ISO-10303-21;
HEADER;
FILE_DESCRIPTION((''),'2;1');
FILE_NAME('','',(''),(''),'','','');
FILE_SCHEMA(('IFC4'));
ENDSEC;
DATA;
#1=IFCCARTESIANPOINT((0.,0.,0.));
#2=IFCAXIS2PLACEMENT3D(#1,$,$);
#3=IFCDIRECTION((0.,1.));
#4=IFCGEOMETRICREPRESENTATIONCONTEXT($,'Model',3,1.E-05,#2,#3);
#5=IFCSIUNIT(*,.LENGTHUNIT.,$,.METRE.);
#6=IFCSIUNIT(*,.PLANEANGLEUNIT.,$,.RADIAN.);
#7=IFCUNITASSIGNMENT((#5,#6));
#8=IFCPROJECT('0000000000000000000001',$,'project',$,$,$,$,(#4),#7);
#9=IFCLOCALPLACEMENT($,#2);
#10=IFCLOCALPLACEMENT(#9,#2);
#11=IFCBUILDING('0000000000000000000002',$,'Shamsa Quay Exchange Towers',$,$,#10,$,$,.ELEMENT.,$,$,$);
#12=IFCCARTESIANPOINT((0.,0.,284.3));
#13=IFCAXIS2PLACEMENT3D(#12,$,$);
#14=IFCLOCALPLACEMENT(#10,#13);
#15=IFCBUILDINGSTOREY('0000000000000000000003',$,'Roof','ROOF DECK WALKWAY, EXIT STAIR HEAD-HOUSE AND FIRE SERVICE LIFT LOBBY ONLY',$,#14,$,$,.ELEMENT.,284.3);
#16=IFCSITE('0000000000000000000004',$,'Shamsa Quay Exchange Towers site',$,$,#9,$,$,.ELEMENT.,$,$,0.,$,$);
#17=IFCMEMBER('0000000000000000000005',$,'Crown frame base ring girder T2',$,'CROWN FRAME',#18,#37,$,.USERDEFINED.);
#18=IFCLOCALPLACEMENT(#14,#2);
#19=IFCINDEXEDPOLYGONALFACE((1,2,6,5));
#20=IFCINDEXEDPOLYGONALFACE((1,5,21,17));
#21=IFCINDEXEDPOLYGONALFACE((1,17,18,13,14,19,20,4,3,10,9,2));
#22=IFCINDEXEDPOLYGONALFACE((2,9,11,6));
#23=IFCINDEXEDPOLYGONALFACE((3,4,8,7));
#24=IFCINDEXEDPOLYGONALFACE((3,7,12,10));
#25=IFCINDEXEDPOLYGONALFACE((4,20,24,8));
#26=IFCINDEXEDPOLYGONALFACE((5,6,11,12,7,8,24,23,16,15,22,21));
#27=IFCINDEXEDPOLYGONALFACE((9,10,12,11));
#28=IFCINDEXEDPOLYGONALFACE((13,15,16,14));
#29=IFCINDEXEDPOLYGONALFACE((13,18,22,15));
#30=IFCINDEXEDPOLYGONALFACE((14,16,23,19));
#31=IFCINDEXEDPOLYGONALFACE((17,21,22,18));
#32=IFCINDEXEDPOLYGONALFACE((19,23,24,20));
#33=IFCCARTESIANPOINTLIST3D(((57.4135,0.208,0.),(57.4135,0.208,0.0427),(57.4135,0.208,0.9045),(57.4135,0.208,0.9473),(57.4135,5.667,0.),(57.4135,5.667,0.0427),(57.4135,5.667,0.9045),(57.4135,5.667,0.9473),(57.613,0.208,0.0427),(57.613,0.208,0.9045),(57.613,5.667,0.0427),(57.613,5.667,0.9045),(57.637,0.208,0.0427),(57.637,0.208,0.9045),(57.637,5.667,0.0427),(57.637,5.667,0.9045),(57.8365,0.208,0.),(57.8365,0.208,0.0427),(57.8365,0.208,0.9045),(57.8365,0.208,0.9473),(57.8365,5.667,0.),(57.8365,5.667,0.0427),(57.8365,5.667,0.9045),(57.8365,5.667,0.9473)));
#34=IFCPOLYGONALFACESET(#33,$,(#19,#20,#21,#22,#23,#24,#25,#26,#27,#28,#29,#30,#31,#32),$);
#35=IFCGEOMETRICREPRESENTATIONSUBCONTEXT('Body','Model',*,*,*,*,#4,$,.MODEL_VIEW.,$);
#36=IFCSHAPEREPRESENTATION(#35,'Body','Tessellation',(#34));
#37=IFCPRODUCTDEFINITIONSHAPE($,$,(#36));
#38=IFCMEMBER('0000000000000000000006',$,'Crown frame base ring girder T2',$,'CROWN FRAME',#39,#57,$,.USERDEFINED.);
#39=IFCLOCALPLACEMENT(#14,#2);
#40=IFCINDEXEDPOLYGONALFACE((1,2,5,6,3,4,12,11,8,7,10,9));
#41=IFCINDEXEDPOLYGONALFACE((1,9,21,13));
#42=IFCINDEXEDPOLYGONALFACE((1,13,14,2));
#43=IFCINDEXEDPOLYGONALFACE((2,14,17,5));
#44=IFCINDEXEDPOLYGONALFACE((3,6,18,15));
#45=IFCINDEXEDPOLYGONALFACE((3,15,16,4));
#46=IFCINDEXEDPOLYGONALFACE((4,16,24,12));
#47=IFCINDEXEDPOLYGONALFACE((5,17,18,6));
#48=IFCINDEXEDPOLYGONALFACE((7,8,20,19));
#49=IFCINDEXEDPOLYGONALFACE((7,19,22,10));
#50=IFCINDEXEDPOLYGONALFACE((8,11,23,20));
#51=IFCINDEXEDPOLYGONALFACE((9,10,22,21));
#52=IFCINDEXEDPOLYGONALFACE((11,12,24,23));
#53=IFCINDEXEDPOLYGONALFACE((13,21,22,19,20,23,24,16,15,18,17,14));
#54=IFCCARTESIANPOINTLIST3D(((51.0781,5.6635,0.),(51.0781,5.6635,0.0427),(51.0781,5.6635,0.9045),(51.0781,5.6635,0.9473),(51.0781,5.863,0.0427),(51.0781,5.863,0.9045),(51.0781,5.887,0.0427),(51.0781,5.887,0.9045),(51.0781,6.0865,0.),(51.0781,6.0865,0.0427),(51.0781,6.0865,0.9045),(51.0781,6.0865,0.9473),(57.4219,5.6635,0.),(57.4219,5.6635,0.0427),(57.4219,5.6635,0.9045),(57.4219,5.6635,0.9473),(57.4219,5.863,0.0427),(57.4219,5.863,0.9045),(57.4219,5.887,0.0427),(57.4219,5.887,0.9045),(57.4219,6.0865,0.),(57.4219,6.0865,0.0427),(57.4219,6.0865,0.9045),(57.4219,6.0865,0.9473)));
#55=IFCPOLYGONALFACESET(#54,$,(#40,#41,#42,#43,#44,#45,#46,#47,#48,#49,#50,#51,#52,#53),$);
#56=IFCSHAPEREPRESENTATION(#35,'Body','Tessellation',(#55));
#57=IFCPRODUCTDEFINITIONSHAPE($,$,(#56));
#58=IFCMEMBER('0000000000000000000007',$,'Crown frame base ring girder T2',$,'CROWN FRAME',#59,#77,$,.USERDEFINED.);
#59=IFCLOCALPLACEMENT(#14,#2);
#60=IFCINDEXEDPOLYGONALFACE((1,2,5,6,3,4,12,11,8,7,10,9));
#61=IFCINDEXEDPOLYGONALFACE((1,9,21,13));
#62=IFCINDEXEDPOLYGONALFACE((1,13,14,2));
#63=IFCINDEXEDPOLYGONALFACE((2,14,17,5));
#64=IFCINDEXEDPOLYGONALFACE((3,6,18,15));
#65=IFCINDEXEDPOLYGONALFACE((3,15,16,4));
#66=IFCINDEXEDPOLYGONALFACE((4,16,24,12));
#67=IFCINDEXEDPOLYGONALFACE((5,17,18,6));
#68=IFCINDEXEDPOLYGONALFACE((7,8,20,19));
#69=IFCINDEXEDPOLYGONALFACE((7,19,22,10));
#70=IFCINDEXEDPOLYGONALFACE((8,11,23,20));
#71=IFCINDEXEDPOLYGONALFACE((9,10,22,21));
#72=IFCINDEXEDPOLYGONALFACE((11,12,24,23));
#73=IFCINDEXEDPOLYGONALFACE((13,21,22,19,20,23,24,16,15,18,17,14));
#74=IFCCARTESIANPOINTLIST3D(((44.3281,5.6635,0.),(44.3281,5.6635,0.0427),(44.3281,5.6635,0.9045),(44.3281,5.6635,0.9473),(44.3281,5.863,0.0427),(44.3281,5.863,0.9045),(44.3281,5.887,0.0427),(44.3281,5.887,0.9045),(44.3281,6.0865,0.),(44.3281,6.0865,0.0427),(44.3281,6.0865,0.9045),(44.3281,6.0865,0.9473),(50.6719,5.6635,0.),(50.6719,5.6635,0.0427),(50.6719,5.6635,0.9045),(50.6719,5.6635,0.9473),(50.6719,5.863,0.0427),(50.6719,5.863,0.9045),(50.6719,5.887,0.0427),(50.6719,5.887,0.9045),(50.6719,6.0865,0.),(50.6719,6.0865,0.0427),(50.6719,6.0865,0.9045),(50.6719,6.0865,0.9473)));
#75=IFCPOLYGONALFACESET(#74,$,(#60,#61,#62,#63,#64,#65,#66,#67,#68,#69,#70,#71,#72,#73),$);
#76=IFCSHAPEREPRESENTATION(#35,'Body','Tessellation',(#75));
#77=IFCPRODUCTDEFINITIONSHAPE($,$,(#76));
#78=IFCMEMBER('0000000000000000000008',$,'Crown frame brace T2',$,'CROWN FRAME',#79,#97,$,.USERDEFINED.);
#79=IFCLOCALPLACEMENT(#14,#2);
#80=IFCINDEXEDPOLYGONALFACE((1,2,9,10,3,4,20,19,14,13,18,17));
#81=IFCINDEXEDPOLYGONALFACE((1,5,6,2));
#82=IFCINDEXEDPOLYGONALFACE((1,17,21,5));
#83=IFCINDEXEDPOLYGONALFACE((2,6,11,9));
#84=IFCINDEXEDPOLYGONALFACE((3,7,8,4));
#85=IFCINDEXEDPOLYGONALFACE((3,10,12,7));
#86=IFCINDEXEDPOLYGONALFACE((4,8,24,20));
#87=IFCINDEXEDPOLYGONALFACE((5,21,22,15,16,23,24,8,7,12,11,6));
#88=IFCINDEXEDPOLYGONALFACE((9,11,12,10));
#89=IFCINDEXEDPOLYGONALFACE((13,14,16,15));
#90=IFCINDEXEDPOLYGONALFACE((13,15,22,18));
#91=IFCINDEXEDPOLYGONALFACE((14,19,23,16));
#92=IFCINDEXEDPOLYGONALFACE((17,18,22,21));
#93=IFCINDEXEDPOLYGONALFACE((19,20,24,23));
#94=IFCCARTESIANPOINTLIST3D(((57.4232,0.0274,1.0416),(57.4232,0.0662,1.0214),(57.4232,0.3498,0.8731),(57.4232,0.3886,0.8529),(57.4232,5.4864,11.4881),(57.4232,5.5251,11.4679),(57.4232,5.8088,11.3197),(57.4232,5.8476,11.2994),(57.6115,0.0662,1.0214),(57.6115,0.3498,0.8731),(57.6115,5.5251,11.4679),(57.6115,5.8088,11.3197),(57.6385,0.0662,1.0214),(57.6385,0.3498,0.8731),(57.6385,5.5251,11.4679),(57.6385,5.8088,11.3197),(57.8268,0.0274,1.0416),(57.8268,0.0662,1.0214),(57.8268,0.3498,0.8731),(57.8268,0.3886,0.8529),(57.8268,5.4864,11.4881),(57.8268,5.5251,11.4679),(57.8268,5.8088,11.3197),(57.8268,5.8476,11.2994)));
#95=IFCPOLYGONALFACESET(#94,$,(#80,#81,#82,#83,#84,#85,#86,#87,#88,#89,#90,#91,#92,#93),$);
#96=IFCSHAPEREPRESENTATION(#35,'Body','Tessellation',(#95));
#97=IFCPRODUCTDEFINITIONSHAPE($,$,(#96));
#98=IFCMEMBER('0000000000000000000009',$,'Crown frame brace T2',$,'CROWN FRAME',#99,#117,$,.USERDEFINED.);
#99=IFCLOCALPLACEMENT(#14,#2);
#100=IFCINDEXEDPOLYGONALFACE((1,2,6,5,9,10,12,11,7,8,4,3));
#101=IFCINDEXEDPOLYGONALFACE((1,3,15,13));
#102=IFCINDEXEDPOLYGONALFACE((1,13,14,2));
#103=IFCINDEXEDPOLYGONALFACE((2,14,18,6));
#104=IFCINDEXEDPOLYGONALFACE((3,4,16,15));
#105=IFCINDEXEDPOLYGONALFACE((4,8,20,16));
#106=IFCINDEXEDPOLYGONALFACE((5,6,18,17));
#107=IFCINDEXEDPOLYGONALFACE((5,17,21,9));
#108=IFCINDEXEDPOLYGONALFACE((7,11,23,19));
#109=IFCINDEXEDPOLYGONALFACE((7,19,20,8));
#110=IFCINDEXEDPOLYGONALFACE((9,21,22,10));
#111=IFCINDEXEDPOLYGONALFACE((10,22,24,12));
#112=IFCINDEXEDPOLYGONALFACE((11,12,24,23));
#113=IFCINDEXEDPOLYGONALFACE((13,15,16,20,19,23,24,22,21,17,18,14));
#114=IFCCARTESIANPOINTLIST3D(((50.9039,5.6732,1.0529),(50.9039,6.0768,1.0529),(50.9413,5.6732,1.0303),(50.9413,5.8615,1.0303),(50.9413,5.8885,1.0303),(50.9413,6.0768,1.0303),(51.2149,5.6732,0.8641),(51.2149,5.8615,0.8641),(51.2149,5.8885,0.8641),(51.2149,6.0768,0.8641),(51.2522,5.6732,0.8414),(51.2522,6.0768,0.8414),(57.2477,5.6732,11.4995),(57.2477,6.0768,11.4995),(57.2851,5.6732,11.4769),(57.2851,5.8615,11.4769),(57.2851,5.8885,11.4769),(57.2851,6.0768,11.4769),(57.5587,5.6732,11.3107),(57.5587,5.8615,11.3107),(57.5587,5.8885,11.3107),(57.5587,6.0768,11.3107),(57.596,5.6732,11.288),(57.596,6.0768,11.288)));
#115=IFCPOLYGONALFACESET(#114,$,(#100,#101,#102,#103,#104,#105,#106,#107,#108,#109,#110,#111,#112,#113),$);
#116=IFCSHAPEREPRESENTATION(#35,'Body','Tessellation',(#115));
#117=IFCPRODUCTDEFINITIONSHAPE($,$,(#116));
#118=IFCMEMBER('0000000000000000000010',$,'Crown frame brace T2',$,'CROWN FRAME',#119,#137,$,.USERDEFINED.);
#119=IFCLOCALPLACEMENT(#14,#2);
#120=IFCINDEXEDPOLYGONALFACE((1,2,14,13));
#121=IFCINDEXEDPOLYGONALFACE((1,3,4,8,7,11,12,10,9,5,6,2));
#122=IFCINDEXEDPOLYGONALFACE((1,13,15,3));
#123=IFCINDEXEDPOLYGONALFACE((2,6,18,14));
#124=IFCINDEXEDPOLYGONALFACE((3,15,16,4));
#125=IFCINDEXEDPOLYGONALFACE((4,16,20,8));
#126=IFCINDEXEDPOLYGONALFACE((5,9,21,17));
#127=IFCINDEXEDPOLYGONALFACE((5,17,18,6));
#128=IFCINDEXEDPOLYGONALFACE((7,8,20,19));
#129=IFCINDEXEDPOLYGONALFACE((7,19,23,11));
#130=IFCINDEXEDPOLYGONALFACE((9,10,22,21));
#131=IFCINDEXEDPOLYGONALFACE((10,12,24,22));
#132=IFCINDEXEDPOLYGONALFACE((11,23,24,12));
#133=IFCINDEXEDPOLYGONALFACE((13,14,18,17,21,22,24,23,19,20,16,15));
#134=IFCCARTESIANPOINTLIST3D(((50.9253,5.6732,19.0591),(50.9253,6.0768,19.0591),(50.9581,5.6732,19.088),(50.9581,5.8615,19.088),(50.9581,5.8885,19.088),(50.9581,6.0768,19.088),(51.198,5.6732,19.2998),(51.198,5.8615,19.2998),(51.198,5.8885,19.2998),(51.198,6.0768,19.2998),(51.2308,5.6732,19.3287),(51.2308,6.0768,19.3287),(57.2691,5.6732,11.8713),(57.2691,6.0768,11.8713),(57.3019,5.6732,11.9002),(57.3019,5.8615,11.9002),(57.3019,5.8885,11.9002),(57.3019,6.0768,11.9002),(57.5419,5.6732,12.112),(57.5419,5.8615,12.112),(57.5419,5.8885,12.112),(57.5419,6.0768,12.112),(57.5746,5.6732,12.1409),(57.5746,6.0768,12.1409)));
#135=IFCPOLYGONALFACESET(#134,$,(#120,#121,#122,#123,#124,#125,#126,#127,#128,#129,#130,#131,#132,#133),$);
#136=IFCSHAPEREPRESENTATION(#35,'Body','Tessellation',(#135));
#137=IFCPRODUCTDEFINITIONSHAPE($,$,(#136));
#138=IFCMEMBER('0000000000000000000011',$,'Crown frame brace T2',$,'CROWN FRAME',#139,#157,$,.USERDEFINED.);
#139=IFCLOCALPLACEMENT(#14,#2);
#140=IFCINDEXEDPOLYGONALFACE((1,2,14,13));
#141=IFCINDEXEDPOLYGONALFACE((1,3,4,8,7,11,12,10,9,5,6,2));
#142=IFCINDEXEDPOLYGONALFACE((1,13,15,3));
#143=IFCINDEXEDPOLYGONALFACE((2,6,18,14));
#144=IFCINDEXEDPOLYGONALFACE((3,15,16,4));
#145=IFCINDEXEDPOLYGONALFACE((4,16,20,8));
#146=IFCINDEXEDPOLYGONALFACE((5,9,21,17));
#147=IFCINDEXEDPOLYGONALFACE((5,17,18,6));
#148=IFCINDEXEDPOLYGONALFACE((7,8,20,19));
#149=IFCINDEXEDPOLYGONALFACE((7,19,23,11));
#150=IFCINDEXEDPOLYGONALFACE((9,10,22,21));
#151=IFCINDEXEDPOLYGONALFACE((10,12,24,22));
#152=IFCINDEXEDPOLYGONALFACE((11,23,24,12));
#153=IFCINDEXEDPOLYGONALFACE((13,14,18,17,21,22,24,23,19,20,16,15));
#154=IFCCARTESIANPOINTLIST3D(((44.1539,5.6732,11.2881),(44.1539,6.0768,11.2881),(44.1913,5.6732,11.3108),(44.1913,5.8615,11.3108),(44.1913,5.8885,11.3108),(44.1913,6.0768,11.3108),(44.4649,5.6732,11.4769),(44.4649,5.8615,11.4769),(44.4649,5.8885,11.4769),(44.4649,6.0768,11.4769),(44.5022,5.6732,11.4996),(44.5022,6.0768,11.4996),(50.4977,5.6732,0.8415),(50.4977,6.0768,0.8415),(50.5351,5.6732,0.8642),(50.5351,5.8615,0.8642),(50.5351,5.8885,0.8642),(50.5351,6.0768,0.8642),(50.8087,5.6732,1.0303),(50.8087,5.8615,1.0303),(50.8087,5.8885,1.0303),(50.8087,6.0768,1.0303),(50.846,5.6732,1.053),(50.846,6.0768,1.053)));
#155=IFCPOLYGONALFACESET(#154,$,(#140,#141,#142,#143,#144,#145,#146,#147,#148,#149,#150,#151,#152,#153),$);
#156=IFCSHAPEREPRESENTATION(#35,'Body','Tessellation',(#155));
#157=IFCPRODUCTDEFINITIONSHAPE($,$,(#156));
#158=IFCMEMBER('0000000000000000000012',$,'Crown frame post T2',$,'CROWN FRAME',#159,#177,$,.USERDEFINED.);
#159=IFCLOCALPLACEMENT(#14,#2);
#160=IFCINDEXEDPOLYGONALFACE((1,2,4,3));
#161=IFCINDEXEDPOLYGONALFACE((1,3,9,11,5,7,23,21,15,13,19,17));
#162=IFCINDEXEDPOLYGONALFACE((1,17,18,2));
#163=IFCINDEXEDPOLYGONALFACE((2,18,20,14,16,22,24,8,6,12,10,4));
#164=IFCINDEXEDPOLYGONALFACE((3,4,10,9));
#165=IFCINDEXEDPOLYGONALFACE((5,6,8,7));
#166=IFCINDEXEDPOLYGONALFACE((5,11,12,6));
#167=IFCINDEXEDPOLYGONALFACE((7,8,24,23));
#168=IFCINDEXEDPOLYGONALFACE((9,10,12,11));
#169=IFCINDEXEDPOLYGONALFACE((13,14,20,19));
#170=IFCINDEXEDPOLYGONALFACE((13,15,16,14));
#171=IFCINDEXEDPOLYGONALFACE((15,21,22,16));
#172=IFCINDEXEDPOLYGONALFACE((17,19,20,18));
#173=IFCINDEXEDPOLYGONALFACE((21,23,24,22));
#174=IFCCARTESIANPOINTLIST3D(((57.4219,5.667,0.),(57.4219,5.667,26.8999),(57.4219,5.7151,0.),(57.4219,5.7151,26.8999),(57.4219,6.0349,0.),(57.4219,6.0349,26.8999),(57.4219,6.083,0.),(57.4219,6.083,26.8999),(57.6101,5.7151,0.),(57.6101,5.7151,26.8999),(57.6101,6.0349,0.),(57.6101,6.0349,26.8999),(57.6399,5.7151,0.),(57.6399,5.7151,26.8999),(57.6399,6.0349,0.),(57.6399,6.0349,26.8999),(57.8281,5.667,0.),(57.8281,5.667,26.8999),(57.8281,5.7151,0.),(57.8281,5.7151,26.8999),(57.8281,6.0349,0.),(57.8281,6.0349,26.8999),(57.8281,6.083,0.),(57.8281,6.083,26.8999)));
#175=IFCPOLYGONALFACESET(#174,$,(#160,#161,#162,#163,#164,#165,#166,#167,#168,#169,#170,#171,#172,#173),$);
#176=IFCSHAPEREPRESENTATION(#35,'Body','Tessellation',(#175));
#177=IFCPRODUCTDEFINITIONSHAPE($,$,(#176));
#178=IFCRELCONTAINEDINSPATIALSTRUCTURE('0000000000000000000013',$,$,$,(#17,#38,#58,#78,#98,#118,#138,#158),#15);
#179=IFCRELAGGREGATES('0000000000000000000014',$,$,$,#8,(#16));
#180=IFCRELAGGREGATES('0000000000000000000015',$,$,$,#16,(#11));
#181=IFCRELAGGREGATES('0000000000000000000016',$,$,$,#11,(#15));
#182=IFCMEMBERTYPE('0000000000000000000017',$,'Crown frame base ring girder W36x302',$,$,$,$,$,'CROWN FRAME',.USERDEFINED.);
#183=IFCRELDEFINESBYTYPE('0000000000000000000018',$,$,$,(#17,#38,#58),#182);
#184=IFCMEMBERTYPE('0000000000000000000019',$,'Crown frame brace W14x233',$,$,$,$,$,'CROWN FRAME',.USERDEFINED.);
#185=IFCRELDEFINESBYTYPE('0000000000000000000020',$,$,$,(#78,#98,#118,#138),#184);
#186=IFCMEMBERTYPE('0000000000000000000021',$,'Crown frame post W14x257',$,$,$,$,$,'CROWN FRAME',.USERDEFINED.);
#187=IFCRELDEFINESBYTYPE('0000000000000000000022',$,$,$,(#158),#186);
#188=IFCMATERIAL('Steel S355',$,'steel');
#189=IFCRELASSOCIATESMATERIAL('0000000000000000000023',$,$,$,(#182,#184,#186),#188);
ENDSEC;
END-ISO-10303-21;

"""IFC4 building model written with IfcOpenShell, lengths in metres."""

from ifc_helpers import new_model, si_unit, direction, frame, origin, origin_2d, place, context, subcontext, project, spatial, i_section, extrude, material, material_profile, profile_set, type_object, element, save


model = new_model("IFC4")

# Units and contexts
model_context = context("Model", 3, precision=1e-05, world=origin(), true_north=direction((0.0, 1.0)))
body_context = subcontext(model_context, "Body", "Model", "MODEL_VIEW")
ifc_project = project(units=[si_unit("LENGTHUNIT", "METRE"), si_unit("PLANEANGLEUNIT", "RADIAN")], contexts=[model_context])

# Site, building, storey
site_placement = place(None, origin())
site = spatial("IfcSite", under=ifc_project, at=site_placement, Name="Shamsa Quay Exchange Towers site", CompositionType="ELEMENT", RefElevation=0.0)
building_placement = place(site_placement, origin())
building = spatial("IfcBuilding", under=site, at=building_placement, Name="Shamsa Quay Exchange Towers", CompositionType="ELEMENT")
storey_placement = place(building_placement, frame((0.0, 0.0, 284.3)))
storey = spatial("IfcBuildingStorey", under=building, at=storey_placement, Name="Roof", Description="ROOF DECK WALKWAY, EXIT STAIR HEAD-HOUSE AND FIRE SERVICE LIFT LOBBY ONLY", CompositionType="ELEMENT", Elevation=284.3)

# Members
ifc_material_1 = material(Name="Steel S355", Category="steel")
ifc_material_profile_1 = material_profile(ifc_material_1, i_section(OverallWidth=0.4231, OverallDepth=0.9473, WebThickness=0.0239, FlangeThickness=0.0427, at=origin_2d()), Name="W36x302")
ifc_profile_set_1 = profile_set([ifc_material_profile_1], Name="Steel S355")
member_type_1 = type_object("IfcMemberType", Name="Crown frame base ring girder W36x302", ElementType="CROWN FRAME", PredefinedType="USERDEFINED", material=ifc_profile_set_1)
member_1_placement = place(storey_placement, frame((57.625, 0.208, 0.4736), z_axis=(0.0, 1.0, 0.0), x_axis=(-1.0, 0.0, 0.0)))
element("IfcMember", 1, at=member_1_placement, inside=storey, type_object=member_type_1, Name="Crown frame base ring girder T2", ObjectType="CROWN FRAME", PredefinedType="USERDEFINED", context=body_context, shape_type="SweptSolid", body=[
    extrude(i_section(OverallWidth=0.4231, OverallDepth=0.9473, WebThickness=0.0239, FlangeThickness=0.0427, at=origin_2d()), origin(), (0.0, 0.0, 1.0), 5.459),
])
for number, where, z_axis, x_axis, name in (
    (2, (57.4219, 5.875, 0.4736), (-1.0, 0.0, 0.0), (0.0, -1.0, 0.0), "Crown frame base ring girder T2"),
    (3, (50.6719, 5.875, 0.4736), (-1.0, 0.0, 0.0), (0.0, -1.0, 0.0), "Crown frame base ring girder T2"),
):
    element("IfcMember", number, at=place(storey_placement, frame(where, z_axis=z_axis, x_axis=x_axis)), inside=storey, type_object=member_type_1, Name=name, ObjectType="CROWN FRAME", PredefinedType="USERDEFINED", context=body_context, shape_type="SweptSolid", body=[
        extrude(i_section(OverallWidth=0.4231, OverallDepth=0.9473, WebThickness=0.0239, FlangeThickness=0.0427, at=origin_2d()), origin(), (0.0, 0.0, 1.0), 6.3438),
    ])
ifc_material_profile_2 = material_profile(ifc_material_1, i_section(OverallWidth=0.4036, OverallDepth=0.4075, WebThickness=0.0271, FlangeThickness=0.0437, at=origin_2d()), Name="W14x233")
ifc_profile_set_2 = profile_set([ifc_material_profile_2], Name="Steel S355")
member_type_2 = type_object("IfcMemberType", Name="Crown frame brace W14x233", ElementType="CROWN FRAME", PredefinedType="USERDEFINED", material=ifc_profile_set_2)
member_2_placement = place(storey_placement, frame((57.625, 0.208, 0.9473), z_axis=(0.0, 0.463141, 0.886285), x_axis=(-1.0, 0.0, 0.0)))
element("IfcMember", 4, at=member_2_placement, inside=storey, type_object=member_type_2, Name="Crown frame brace T2", ObjectType="CROWN FRAME", PredefinedType="USERDEFINED", context=body_context, shape_type="SweptSolid", body=[
    extrude(i_section(OverallWidth=0.4036, OverallDepth=0.4075, WebThickness=0.0271, FlangeThickness=0.0437, at=origin_2d()), origin(), (0.0, 0.0, 1.0), 11.7869),
])
member_3_placement = place(storey_placement, frame((57.4219, 5.875, 11.3938), z_axis=(-0.519051, 0.0, -0.854744), x_axis=(0.0, -1.0, 0.0)))
element("IfcMember", 5, at=member_3_placement, inside=storey, type_object=member_type_2, Name="Crown frame brace T2", ObjectType="CROWN FRAME", PredefinedType="USERDEFINED", context=body_context, shape_type="SweptSolid", body=[
    extrude(i_section(OverallWidth=0.4036, OverallDepth=0.4075, WebThickness=0.0271, FlangeThickness=0.0437, at=origin_2d()), origin(), (0.0, 0.0, 1.0), 12.2219),
])
member_4_placement = place(storey_placement, frame((57.4219, 5.875, 12.0061), z_axis=(-0.661717, 0.0, 0.749754), x_axis=(0.0, -1.0, 0.0)))
element("IfcMember", 6, at=member_4_placement, inside=storey, type_object=member_type_2, Name="Crown frame brace T2", ObjectType="CROWN FRAME", PredefinedType="USERDEFINED", context=body_context, shape_type="SweptSolid", body=[
    extrude(i_section(OverallWidth=0.4036, OverallDepth=0.4075, WebThickness=0.0271, FlangeThickness=0.0437, at=origin_2d()), origin(), (0.0, 0.0, 1.0), 9.5869),
])
member_5_placement = place(storey_placement, frame((50.6719, 5.875, 0.9473), z_axis=(-0.519051, 0.0, 0.854744), x_axis=(0.0, -1.0, 0.0)))
element("IfcMember", 7, at=member_5_placement, inside=storey, type_object=member_type_2, Name="Crown frame brace T2", ObjectType="CROWN FRAME", PredefinedType="USERDEFINED", context=body_context, shape_type="SweptSolid", body=[
    extrude(i_section(OverallWidth=0.4036, OverallDepth=0.4075, WebThickness=0.0271, FlangeThickness=0.0437, at=origin_2d()), origin(), (0.0, 0.0, 1.0), 12.2219),
])
ifc_material_profile_3 = material_profile(ifc_material_1, i_section(OverallWidth=0.4062, OverallDepth=0.416, WebThickness=0.0298, FlangeThickness=0.0481, at=origin_2d()), Name="W14x257")
ifc_profile_set_3 = profile_set([ifc_material_profile_3], Name="Steel S355")
member_type_3 = type_object("IfcMemberType", Name="Crown frame post W14x257", ElementType="CROWN FRAME", PredefinedType="USERDEFINED", material=ifc_profile_set_3)
for number, where, name in (
    (8, (57.625, 5.875, 0.0), "Crown frame post T2"),
):
    element("IfcMember", number, at=place(storey_placement, frame(where)), inside=storey, type_object=member_type_3, Name=name, ObjectType="CROWN FRAME", PredefinedType="USERDEFINED", context=body_context, shape_type="SweptSolid", body=[
        extrude(i_section(OverallWidth=0.4062, OverallDepth=0.416, WebThickness=0.0298, FlangeThickness=0.0481, at=origin_2d()), origin(), (0.0, 0.0, 1.0), 26.8999),
    ])

save(model, "model.ifc")
